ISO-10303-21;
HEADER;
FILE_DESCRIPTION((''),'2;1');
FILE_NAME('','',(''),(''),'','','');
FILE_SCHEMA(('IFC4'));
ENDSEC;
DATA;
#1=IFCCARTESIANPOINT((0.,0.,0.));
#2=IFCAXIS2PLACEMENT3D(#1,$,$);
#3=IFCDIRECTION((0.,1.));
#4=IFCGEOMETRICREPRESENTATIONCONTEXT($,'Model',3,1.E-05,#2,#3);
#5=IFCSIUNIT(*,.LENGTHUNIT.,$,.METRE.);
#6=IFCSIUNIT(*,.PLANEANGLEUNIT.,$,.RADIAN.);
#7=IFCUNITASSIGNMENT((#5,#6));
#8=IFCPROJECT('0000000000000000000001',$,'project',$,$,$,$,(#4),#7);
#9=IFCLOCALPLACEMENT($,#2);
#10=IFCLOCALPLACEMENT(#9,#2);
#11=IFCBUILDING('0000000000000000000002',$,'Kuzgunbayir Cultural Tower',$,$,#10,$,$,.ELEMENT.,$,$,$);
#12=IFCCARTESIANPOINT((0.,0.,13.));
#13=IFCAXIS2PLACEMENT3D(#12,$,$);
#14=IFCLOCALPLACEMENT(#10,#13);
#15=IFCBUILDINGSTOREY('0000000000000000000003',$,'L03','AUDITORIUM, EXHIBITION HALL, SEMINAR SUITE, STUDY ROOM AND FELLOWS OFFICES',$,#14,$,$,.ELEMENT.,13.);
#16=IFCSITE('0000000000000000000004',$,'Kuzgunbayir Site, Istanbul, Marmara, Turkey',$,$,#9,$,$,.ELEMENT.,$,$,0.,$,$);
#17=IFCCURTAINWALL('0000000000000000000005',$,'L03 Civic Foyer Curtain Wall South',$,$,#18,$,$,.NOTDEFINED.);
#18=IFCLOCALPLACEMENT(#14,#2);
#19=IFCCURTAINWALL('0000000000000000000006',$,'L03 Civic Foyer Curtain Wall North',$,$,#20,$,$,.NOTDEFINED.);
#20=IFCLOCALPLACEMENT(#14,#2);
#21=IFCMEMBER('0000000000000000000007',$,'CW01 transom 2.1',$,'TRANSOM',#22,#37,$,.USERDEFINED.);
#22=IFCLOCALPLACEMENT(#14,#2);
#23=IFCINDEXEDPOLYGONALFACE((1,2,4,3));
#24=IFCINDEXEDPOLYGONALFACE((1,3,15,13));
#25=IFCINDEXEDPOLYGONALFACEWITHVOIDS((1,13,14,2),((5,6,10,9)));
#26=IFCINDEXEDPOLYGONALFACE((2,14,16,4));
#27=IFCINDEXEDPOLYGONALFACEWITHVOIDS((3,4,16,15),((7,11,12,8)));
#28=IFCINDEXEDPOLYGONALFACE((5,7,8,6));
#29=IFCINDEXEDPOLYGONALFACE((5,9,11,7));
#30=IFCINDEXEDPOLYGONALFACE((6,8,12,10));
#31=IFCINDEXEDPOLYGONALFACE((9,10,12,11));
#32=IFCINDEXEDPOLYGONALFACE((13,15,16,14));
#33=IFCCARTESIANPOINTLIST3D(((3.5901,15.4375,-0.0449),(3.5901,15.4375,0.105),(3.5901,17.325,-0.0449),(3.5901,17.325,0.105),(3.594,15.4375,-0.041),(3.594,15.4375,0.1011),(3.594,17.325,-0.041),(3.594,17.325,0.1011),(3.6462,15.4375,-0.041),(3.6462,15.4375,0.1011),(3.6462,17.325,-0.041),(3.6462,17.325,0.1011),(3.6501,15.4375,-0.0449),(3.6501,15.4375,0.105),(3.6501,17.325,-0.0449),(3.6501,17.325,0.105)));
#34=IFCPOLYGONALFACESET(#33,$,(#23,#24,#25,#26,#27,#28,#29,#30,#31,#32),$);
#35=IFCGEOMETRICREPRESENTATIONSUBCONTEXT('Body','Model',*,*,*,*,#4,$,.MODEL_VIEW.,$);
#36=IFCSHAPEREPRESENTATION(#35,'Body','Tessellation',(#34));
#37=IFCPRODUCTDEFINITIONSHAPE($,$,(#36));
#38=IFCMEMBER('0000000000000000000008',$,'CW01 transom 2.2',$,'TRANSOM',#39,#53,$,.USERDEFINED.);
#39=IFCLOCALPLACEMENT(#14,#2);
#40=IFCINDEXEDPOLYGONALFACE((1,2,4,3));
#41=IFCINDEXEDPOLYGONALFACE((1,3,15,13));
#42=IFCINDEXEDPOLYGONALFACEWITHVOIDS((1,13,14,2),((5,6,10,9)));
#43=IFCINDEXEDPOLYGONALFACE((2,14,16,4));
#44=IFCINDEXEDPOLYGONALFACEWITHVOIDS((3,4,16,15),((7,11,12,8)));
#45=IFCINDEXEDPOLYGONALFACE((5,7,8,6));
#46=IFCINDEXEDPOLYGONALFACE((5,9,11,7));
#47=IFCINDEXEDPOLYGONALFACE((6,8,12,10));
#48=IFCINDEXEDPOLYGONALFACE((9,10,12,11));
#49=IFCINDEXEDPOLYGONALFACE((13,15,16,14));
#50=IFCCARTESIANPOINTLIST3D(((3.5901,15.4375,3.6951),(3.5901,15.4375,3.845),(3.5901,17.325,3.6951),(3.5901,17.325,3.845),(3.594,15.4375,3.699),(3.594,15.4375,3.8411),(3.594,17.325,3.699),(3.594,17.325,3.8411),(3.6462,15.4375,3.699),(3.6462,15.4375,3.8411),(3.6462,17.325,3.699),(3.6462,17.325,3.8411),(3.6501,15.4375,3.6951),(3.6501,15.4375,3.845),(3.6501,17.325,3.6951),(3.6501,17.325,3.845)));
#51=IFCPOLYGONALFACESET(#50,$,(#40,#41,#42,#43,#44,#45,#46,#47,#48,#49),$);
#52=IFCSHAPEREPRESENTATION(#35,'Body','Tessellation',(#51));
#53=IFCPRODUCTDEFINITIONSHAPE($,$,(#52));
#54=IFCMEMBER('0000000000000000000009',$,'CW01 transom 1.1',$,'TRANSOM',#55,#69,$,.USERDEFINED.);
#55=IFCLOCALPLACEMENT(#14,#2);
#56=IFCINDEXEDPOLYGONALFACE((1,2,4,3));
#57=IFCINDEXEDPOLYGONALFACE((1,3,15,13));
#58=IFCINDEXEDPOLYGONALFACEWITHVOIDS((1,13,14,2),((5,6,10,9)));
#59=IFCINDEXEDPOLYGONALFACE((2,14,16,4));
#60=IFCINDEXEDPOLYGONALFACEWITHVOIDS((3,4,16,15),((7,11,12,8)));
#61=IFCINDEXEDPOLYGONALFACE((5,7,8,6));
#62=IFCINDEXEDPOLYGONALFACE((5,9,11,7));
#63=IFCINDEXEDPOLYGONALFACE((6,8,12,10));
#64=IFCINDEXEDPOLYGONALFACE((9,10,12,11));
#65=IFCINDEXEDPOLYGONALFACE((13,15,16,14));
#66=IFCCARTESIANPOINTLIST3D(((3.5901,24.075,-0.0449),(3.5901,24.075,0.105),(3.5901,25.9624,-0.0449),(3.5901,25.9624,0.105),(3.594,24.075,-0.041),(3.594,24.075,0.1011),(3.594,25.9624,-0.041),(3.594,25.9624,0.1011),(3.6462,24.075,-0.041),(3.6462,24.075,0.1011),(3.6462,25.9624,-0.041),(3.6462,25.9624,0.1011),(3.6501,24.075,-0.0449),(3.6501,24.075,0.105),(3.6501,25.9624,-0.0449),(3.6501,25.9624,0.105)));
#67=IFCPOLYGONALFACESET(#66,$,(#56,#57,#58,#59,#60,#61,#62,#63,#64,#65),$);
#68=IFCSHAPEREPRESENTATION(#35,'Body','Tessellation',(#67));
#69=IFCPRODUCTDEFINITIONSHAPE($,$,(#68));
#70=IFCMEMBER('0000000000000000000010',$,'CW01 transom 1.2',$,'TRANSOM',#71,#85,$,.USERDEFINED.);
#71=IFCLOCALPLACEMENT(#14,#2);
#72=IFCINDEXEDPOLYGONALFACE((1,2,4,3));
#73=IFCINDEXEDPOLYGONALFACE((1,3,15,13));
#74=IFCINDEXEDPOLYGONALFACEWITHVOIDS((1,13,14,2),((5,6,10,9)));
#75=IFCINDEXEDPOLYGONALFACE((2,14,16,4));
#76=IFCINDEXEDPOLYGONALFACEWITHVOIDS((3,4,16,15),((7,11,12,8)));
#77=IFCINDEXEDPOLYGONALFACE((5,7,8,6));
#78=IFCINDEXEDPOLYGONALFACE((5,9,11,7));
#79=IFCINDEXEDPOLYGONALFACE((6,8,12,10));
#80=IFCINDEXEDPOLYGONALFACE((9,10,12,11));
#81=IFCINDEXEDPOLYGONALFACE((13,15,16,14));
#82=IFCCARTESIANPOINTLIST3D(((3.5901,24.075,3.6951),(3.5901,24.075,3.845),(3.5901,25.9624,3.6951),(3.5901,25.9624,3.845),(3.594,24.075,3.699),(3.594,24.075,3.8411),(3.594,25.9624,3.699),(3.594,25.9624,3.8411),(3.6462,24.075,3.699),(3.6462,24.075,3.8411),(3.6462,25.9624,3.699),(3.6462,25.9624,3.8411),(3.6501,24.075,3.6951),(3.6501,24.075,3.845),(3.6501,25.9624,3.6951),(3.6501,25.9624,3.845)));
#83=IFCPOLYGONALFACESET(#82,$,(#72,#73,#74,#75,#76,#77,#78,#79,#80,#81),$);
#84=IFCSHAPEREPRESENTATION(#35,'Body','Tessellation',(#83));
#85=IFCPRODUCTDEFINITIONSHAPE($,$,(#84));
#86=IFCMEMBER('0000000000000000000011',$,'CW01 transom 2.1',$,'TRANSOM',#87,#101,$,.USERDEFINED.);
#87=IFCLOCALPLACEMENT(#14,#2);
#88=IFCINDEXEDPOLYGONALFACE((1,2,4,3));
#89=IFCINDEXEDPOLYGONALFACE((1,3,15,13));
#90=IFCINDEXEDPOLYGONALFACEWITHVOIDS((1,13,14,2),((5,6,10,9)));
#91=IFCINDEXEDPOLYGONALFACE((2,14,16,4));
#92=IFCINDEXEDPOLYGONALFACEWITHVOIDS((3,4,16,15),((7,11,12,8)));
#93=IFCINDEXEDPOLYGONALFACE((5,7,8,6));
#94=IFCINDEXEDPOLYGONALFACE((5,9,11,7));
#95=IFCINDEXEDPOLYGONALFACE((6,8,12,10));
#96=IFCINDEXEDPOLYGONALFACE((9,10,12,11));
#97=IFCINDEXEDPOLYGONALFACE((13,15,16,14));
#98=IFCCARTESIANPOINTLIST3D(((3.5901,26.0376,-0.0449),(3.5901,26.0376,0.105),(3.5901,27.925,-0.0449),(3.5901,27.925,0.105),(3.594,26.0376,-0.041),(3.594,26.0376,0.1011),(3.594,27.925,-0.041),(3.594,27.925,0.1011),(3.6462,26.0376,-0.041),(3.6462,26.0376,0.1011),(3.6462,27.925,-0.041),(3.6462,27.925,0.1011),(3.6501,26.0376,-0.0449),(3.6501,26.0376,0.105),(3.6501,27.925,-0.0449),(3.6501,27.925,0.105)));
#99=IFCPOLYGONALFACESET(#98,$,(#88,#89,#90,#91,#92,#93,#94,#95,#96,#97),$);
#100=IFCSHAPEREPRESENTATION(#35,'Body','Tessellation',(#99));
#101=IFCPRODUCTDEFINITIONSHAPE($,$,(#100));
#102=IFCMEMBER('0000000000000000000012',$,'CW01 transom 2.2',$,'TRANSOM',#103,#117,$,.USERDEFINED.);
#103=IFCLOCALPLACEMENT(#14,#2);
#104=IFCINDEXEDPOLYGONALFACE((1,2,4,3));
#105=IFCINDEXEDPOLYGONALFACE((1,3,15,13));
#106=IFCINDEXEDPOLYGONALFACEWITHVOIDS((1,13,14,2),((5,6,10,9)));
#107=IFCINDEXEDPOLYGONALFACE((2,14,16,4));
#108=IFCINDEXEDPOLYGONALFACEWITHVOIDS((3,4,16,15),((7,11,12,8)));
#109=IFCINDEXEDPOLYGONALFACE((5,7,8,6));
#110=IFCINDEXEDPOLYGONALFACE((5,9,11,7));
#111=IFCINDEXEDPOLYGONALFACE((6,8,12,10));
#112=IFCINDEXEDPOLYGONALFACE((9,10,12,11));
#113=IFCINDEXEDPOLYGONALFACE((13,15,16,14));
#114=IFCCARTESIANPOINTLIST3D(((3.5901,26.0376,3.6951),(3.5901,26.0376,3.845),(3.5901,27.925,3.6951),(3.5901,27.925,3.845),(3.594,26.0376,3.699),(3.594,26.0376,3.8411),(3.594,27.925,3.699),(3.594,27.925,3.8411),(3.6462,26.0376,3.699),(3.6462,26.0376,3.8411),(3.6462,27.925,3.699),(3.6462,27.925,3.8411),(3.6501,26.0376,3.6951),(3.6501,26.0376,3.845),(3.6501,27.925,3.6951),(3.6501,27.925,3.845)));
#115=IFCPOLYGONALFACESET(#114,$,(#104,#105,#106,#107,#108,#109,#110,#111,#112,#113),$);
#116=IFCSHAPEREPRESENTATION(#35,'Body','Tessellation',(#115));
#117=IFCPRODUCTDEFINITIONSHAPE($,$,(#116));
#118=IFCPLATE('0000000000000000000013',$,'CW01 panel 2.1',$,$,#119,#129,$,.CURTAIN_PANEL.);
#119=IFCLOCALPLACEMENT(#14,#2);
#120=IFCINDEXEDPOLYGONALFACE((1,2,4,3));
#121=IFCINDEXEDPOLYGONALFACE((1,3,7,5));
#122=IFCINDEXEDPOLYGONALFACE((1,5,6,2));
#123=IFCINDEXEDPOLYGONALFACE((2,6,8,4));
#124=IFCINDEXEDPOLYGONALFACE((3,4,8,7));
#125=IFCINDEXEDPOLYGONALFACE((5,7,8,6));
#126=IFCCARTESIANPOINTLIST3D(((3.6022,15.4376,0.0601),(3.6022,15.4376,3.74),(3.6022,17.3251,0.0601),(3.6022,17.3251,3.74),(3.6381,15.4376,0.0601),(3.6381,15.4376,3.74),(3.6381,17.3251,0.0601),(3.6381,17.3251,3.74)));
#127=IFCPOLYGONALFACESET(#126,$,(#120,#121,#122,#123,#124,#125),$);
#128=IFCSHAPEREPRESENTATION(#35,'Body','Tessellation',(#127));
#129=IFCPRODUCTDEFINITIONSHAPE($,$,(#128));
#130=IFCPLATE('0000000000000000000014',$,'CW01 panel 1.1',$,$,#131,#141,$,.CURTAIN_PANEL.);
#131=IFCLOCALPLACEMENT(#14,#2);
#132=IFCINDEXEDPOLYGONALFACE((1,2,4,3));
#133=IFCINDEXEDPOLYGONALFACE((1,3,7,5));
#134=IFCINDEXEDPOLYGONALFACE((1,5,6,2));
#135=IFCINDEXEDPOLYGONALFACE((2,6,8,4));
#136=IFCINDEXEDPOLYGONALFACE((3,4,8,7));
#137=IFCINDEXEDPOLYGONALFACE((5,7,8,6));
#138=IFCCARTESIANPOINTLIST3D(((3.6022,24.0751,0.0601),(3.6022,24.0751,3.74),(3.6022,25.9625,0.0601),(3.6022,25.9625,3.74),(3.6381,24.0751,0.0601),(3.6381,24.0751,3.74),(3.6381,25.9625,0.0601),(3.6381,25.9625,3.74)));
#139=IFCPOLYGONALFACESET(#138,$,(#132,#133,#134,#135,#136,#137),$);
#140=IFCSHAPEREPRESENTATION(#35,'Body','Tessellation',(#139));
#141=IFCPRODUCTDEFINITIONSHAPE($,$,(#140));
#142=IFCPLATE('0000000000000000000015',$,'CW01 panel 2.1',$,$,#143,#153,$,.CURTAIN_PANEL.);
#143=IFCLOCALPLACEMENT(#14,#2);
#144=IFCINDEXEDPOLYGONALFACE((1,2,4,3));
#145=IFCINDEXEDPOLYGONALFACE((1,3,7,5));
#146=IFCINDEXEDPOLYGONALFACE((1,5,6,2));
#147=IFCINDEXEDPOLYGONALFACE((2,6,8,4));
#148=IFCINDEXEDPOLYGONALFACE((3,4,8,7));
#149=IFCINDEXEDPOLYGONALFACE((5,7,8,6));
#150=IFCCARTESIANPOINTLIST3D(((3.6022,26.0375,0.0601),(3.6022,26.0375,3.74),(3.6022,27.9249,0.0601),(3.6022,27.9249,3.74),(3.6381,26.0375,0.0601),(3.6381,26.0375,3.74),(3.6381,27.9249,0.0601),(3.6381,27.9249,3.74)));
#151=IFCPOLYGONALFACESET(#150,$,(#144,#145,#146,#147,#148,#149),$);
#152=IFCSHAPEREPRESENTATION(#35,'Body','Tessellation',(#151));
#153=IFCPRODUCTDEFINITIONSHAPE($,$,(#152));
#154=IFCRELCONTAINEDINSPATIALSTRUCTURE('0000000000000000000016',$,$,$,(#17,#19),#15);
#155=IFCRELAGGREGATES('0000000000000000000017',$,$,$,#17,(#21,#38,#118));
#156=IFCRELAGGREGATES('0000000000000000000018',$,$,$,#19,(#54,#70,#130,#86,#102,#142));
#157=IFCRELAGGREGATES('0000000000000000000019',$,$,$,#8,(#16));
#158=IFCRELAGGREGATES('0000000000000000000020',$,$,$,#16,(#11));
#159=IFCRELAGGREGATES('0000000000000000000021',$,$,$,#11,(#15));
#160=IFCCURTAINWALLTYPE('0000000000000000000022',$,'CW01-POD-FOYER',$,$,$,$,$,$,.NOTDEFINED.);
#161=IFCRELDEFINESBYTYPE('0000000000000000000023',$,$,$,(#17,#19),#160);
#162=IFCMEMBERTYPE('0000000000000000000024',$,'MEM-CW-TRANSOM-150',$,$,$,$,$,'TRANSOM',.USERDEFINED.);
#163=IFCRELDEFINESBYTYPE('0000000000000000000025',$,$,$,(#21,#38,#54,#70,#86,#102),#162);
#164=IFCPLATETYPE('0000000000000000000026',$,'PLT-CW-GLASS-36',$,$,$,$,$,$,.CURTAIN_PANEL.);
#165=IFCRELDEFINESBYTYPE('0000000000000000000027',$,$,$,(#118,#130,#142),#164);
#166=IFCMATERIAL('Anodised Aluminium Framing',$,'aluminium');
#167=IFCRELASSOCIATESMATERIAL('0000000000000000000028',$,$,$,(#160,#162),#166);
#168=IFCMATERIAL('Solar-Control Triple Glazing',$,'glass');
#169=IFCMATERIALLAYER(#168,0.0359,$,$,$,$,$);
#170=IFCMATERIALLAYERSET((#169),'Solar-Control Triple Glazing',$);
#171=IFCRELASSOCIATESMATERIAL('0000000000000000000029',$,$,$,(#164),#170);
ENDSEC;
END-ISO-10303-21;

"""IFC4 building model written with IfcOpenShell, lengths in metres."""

from ifc_helpers import new_model, si_unit, direction, frame, origin, origin_2d, place, context, subcontext, project, spatial, rectangle, hollow_rectangle, extrude, material, layer, layer_set, material_profile, profile_set, type_object, element, aggregate, save


model = new_model("IFC4")

# Units and contexts
model_context = context("Model", 3, precision=1e-05, world=origin(), true_north=direction((0.0, 1.0)))
body_context = subcontext(model_context, "Body", "Model", "MODEL_VIEW")
ifc_project = project(units=[si_unit("LENGTHUNIT", "METRE"), si_unit("PLANEANGLEUNIT", "RADIAN")], contexts=[model_context])

# Site, building, storey
site_placement = place(None, origin())
site = spatial("IfcSite", under=ifc_project, at=site_placement, Name="Kuzgunbayir Site, Istanbul, Marmara, Turkey", CompositionType="ELEMENT", RefElevation=0.0)
building_placement = place(site_placement, origin())
building = spatial("IfcBuilding", under=site, at=building_placement, Name="Kuzgunbayir Cultural Tower", CompositionType="ELEMENT")
storey_placement = place(building_placement, frame((0.0, 0.0, 13.0)))
storey = spatial("IfcBuildingStorey", under=building, at=storey_placement, Name="L03", Description="AUDITORIUM, EXHIBITION HALL, SEMINAR SUITE, STUDY ROOM AND FELLOWS OFFICES", CompositionType="ELEMENT", Elevation=13.0)

# Curtain wall
ifc_material_1 = material(Name="Anodised Aluminium Framing", Category="aluminium")
curtain_wall_type = type_object("IfcCurtainWallType", Name="CW01-POD-FOYER", PredefinedType="NOTDEFINED", material=ifc_material_1)
curtain_wall_1_placement = place(storey_placement, origin())
curtain_wall_1 = element("IfcCurtainWall", 1, at=curtain_wall_1_placement, inside=storey, type_object=curtain_wall_type, Name="L03 Civic Foyer Curtain Wall South", PredefinedType="NOTDEFINED")

# Curtain wall
curtain_wall_2_placement = place(storey_placement, origin())
curtain_wall_2 = element("IfcCurtainWall", 2, at=curtain_wall_2_placement, inside=storey, type_object=curtain_wall_type, Name="L03 Civic Foyer Curtain Wall North", PredefinedType="NOTDEFINED")

# Members
ifc_material_profile_1 = material_profile(ifc_material_1, hollow_rectangle(XDim=0.0601, YDim=0.1499, WallThickness=0.0039, at=origin_2d()), Name="RHS 150x60x4")
ifc_profile_set_1 = profile_set([ifc_material_profile_1], Name="Anodised Aluminium Framing")
member_type_1 = type_object("IfcMemberType", Name="MEM-CW-TRANSOM-150", ElementType="TRANSOM", PredefinedType="USERDEFINED", material=ifc_profile_set_1)
member_1_placement = place(storey_placement, frame((3.6201, 15.4375, 0.03), z_axis=(0.0, 1.0, 0.0), x_axis=(-1.0, 0.0, 0.0)))
member_1 = element("IfcMember", 3, at=member_1_placement, type_object=member_type_1, Name="CW01 transom 2.1", ObjectType="TRANSOM", PredefinedType="USERDEFINED", context=body_context, shape_type="SweptSolid", body=[
    extrude(hollow_rectangle(XDim=0.0601, YDim=0.1499, WallThickness=0.0039, at=origin_2d()), origin(), (0.0, 0.0, 1.0), 1.8875),
])
member_2_placement = place(storey_placement, frame((3.6201, 15.4375, 3.77), z_axis=(0.0, 1.0, 0.0), x_axis=(-1.0, 0.0, 0.0)))
member_2 = element("IfcMember", 4, at=member_2_placement, type_object=member_type_1, Name="CW01 transom 2.2", ObjectType="TRANSOM", PredefinedType="USERDEFINED", context=body_context, shape_type="SweptSolid", body=[
    extrude(hollow_rectangle(XDim=0.0601, YDim=0.1499, WallThickness=0.0039, at=origin_2d()), origin(), (0.0, 0.0, 1.0), 1.8875),
])
member_3_placement = place(storey_placement, frame((3.6201, 24.075, 0.03), z_axis=(0.0, 1.0, 0.0), x_axis=(-1.0, 0.0, 0.0)))
member_3 = element("IfcMember", 5, at=member_3_placement, type_object=member_type_1, Name="CW01 transom 1.1", ObjectType="TRANSOM", PredefinedType="USERDEFINED", context=body_context, shape_type="SweptSolid", body=[
    extrude(hollow_rectangle(XDim=0.0601, YDim=0.1499, WallThickness=0.0039, at=origin_2d()), origin(), (0.0, 0.0, 1.0), 1.8875),
])
member_4_placement = place(storey_placement, frame((3.6201, 24.075, 3.77), z_axis=(0.0, 1.0, 0.0), x_axis=(-1.0, 0.0, 0.0)))
member_4 = element("IfcMember", 6, at=member_4_placement, type_object=member_type_1, Name="CW01 transom 1.2", ObjectType="TRANSOM", PredefinedType="USERDEFINED", context=body_context, shape_type="SweptSolid", body=[
    extrude(hollow_rectangle(XDim=0.0601, YDim=0.1499, WallThickness=0.0039, at=origin_2d()), origin(), (0.0, 0.0, 1.0), 1.8875),
])
member_5_placement = place(storey_placement, frame((3.6201, 26.0376, 0.03), z_axis=(0.0, 1.0, 0.0), x_axis=(-1.0, 0.0, 0.0)))
member_5 = element("IfcMember", 7, at=member_5_placement, type_object=member_type_1, Name="CW01 transom 2.1", ObjectType="TRANSOM", PredefinedType="USERDEFINED", context=body_context, shape_type="SweptSolid", body=[
    extrude(hollow_rectangle(XDim=0.0601, YDim=0.1499, WallThickness=0.0039, at=origin_2d()), origin(), (0.0, 0.0, 1.0), 1.8875),
])
member_6_placement = place(storey_placement, frame((3.6201, 26.0376, 3.77), z_axis=(0.0, 1.0, 0.0), x_axis=(-1.0, 0.0, 0.0)))
member_6 = element("IfcMember", 8, at=member_6_placement, type_object=member_type_1, Name="CW01 transom 2.2", ObjectType="TRANSOM", PredefinedType="USERDEFINED", context=body_context, shape_type="SweptSolid", body=[
    extrude(hollow_rectangle(XDim=0.0601, YDim=0.1499, WallThickness=0.0039, at=origin_2d()), origin(), (0.0, 0.0, 1.0), 1.8875),
])

# Plates
ifc_material_2 = material(Name="Solar-Control Triple Glazing", Category="glass")
ifc_layer = layer(ifc_material_2, 0.0359)
ifc_layer_set = layer_set([ifc_layer], Name="Solar-Control Triple Glazing")
plate_type = type_object("IfcPlateType", Name="PLT-CW-GLASS-36", PredefinedType="CURTAIN_PANEL", material=ifc_layer_set)
plate_1_placement = place(storey_placement, frame((3.6201, 16.3813, 0.0601), z_axis=(0.0, 0.0, 1.0), x_axis=(0.0, 1.0, 0.0)))
plate_1 = element("IfcPlate", 9, at=plate_1_placement, type_object=plate_type, Name="CW01 panel 2.1", PredefinedType="CURTAIN_PANEL", context=body_context, shape_type="SweptSolid", body=[
    extrude(rectangle(XDim=1.8875, YDim=0.0359, at=origin_2d()), origin(), (0.0, 0.0, 1.0), 3.6799),
])
aggregate(curtain_wall_1, [member_1, member_2, plate_1])
plate_2_placement = place(storey_placement, frame((3.6201, 25.0188, 0.0601), z_axis=(0.0, 0.0, 1.0), x_axis=(0.0, 1.0, 0.0)))
plate_2 = element("IfcPlate", 10, at=plate_2_placement, type_object=plate_type, Name="CW01 panel 1.1", PredefinedType="CURTAIN_PANEL", context=body_context, shape_type="SweptSolid", body=[
    extrude(rectangle(XDim=1.8875, YDim=0.0359, at=origin_2d()), origin(), (0.0, 0.0, 1.0), 3.6799),
])
plate_3_placement = place(storey_placement, frame((3.6201, 26.9812, 0.0601), z_axis=(0.0, 0.0, 1.0), x_axis=(0.0, 1.0, 0.0)))
plate_3 = element("IfcPlate", 11, at=plate_3_placement, type_object=plate_type, Name="CW01 panel 2.1", PredefinedType="CURTAIN_PANEL", context=body_context, shape_type="SweptSolid", body=[
    extrude(rectangle(XDim=1.8875, YDim=0.0359, at=origin_2d()), origin(), (0.0, 0.0, 1.0), 3.6799),
])
aggregate(curtain_wall_2, [member_3, member_4, plate_2, member_5, member_6, plate_3])

save(model, "model.ifc")
